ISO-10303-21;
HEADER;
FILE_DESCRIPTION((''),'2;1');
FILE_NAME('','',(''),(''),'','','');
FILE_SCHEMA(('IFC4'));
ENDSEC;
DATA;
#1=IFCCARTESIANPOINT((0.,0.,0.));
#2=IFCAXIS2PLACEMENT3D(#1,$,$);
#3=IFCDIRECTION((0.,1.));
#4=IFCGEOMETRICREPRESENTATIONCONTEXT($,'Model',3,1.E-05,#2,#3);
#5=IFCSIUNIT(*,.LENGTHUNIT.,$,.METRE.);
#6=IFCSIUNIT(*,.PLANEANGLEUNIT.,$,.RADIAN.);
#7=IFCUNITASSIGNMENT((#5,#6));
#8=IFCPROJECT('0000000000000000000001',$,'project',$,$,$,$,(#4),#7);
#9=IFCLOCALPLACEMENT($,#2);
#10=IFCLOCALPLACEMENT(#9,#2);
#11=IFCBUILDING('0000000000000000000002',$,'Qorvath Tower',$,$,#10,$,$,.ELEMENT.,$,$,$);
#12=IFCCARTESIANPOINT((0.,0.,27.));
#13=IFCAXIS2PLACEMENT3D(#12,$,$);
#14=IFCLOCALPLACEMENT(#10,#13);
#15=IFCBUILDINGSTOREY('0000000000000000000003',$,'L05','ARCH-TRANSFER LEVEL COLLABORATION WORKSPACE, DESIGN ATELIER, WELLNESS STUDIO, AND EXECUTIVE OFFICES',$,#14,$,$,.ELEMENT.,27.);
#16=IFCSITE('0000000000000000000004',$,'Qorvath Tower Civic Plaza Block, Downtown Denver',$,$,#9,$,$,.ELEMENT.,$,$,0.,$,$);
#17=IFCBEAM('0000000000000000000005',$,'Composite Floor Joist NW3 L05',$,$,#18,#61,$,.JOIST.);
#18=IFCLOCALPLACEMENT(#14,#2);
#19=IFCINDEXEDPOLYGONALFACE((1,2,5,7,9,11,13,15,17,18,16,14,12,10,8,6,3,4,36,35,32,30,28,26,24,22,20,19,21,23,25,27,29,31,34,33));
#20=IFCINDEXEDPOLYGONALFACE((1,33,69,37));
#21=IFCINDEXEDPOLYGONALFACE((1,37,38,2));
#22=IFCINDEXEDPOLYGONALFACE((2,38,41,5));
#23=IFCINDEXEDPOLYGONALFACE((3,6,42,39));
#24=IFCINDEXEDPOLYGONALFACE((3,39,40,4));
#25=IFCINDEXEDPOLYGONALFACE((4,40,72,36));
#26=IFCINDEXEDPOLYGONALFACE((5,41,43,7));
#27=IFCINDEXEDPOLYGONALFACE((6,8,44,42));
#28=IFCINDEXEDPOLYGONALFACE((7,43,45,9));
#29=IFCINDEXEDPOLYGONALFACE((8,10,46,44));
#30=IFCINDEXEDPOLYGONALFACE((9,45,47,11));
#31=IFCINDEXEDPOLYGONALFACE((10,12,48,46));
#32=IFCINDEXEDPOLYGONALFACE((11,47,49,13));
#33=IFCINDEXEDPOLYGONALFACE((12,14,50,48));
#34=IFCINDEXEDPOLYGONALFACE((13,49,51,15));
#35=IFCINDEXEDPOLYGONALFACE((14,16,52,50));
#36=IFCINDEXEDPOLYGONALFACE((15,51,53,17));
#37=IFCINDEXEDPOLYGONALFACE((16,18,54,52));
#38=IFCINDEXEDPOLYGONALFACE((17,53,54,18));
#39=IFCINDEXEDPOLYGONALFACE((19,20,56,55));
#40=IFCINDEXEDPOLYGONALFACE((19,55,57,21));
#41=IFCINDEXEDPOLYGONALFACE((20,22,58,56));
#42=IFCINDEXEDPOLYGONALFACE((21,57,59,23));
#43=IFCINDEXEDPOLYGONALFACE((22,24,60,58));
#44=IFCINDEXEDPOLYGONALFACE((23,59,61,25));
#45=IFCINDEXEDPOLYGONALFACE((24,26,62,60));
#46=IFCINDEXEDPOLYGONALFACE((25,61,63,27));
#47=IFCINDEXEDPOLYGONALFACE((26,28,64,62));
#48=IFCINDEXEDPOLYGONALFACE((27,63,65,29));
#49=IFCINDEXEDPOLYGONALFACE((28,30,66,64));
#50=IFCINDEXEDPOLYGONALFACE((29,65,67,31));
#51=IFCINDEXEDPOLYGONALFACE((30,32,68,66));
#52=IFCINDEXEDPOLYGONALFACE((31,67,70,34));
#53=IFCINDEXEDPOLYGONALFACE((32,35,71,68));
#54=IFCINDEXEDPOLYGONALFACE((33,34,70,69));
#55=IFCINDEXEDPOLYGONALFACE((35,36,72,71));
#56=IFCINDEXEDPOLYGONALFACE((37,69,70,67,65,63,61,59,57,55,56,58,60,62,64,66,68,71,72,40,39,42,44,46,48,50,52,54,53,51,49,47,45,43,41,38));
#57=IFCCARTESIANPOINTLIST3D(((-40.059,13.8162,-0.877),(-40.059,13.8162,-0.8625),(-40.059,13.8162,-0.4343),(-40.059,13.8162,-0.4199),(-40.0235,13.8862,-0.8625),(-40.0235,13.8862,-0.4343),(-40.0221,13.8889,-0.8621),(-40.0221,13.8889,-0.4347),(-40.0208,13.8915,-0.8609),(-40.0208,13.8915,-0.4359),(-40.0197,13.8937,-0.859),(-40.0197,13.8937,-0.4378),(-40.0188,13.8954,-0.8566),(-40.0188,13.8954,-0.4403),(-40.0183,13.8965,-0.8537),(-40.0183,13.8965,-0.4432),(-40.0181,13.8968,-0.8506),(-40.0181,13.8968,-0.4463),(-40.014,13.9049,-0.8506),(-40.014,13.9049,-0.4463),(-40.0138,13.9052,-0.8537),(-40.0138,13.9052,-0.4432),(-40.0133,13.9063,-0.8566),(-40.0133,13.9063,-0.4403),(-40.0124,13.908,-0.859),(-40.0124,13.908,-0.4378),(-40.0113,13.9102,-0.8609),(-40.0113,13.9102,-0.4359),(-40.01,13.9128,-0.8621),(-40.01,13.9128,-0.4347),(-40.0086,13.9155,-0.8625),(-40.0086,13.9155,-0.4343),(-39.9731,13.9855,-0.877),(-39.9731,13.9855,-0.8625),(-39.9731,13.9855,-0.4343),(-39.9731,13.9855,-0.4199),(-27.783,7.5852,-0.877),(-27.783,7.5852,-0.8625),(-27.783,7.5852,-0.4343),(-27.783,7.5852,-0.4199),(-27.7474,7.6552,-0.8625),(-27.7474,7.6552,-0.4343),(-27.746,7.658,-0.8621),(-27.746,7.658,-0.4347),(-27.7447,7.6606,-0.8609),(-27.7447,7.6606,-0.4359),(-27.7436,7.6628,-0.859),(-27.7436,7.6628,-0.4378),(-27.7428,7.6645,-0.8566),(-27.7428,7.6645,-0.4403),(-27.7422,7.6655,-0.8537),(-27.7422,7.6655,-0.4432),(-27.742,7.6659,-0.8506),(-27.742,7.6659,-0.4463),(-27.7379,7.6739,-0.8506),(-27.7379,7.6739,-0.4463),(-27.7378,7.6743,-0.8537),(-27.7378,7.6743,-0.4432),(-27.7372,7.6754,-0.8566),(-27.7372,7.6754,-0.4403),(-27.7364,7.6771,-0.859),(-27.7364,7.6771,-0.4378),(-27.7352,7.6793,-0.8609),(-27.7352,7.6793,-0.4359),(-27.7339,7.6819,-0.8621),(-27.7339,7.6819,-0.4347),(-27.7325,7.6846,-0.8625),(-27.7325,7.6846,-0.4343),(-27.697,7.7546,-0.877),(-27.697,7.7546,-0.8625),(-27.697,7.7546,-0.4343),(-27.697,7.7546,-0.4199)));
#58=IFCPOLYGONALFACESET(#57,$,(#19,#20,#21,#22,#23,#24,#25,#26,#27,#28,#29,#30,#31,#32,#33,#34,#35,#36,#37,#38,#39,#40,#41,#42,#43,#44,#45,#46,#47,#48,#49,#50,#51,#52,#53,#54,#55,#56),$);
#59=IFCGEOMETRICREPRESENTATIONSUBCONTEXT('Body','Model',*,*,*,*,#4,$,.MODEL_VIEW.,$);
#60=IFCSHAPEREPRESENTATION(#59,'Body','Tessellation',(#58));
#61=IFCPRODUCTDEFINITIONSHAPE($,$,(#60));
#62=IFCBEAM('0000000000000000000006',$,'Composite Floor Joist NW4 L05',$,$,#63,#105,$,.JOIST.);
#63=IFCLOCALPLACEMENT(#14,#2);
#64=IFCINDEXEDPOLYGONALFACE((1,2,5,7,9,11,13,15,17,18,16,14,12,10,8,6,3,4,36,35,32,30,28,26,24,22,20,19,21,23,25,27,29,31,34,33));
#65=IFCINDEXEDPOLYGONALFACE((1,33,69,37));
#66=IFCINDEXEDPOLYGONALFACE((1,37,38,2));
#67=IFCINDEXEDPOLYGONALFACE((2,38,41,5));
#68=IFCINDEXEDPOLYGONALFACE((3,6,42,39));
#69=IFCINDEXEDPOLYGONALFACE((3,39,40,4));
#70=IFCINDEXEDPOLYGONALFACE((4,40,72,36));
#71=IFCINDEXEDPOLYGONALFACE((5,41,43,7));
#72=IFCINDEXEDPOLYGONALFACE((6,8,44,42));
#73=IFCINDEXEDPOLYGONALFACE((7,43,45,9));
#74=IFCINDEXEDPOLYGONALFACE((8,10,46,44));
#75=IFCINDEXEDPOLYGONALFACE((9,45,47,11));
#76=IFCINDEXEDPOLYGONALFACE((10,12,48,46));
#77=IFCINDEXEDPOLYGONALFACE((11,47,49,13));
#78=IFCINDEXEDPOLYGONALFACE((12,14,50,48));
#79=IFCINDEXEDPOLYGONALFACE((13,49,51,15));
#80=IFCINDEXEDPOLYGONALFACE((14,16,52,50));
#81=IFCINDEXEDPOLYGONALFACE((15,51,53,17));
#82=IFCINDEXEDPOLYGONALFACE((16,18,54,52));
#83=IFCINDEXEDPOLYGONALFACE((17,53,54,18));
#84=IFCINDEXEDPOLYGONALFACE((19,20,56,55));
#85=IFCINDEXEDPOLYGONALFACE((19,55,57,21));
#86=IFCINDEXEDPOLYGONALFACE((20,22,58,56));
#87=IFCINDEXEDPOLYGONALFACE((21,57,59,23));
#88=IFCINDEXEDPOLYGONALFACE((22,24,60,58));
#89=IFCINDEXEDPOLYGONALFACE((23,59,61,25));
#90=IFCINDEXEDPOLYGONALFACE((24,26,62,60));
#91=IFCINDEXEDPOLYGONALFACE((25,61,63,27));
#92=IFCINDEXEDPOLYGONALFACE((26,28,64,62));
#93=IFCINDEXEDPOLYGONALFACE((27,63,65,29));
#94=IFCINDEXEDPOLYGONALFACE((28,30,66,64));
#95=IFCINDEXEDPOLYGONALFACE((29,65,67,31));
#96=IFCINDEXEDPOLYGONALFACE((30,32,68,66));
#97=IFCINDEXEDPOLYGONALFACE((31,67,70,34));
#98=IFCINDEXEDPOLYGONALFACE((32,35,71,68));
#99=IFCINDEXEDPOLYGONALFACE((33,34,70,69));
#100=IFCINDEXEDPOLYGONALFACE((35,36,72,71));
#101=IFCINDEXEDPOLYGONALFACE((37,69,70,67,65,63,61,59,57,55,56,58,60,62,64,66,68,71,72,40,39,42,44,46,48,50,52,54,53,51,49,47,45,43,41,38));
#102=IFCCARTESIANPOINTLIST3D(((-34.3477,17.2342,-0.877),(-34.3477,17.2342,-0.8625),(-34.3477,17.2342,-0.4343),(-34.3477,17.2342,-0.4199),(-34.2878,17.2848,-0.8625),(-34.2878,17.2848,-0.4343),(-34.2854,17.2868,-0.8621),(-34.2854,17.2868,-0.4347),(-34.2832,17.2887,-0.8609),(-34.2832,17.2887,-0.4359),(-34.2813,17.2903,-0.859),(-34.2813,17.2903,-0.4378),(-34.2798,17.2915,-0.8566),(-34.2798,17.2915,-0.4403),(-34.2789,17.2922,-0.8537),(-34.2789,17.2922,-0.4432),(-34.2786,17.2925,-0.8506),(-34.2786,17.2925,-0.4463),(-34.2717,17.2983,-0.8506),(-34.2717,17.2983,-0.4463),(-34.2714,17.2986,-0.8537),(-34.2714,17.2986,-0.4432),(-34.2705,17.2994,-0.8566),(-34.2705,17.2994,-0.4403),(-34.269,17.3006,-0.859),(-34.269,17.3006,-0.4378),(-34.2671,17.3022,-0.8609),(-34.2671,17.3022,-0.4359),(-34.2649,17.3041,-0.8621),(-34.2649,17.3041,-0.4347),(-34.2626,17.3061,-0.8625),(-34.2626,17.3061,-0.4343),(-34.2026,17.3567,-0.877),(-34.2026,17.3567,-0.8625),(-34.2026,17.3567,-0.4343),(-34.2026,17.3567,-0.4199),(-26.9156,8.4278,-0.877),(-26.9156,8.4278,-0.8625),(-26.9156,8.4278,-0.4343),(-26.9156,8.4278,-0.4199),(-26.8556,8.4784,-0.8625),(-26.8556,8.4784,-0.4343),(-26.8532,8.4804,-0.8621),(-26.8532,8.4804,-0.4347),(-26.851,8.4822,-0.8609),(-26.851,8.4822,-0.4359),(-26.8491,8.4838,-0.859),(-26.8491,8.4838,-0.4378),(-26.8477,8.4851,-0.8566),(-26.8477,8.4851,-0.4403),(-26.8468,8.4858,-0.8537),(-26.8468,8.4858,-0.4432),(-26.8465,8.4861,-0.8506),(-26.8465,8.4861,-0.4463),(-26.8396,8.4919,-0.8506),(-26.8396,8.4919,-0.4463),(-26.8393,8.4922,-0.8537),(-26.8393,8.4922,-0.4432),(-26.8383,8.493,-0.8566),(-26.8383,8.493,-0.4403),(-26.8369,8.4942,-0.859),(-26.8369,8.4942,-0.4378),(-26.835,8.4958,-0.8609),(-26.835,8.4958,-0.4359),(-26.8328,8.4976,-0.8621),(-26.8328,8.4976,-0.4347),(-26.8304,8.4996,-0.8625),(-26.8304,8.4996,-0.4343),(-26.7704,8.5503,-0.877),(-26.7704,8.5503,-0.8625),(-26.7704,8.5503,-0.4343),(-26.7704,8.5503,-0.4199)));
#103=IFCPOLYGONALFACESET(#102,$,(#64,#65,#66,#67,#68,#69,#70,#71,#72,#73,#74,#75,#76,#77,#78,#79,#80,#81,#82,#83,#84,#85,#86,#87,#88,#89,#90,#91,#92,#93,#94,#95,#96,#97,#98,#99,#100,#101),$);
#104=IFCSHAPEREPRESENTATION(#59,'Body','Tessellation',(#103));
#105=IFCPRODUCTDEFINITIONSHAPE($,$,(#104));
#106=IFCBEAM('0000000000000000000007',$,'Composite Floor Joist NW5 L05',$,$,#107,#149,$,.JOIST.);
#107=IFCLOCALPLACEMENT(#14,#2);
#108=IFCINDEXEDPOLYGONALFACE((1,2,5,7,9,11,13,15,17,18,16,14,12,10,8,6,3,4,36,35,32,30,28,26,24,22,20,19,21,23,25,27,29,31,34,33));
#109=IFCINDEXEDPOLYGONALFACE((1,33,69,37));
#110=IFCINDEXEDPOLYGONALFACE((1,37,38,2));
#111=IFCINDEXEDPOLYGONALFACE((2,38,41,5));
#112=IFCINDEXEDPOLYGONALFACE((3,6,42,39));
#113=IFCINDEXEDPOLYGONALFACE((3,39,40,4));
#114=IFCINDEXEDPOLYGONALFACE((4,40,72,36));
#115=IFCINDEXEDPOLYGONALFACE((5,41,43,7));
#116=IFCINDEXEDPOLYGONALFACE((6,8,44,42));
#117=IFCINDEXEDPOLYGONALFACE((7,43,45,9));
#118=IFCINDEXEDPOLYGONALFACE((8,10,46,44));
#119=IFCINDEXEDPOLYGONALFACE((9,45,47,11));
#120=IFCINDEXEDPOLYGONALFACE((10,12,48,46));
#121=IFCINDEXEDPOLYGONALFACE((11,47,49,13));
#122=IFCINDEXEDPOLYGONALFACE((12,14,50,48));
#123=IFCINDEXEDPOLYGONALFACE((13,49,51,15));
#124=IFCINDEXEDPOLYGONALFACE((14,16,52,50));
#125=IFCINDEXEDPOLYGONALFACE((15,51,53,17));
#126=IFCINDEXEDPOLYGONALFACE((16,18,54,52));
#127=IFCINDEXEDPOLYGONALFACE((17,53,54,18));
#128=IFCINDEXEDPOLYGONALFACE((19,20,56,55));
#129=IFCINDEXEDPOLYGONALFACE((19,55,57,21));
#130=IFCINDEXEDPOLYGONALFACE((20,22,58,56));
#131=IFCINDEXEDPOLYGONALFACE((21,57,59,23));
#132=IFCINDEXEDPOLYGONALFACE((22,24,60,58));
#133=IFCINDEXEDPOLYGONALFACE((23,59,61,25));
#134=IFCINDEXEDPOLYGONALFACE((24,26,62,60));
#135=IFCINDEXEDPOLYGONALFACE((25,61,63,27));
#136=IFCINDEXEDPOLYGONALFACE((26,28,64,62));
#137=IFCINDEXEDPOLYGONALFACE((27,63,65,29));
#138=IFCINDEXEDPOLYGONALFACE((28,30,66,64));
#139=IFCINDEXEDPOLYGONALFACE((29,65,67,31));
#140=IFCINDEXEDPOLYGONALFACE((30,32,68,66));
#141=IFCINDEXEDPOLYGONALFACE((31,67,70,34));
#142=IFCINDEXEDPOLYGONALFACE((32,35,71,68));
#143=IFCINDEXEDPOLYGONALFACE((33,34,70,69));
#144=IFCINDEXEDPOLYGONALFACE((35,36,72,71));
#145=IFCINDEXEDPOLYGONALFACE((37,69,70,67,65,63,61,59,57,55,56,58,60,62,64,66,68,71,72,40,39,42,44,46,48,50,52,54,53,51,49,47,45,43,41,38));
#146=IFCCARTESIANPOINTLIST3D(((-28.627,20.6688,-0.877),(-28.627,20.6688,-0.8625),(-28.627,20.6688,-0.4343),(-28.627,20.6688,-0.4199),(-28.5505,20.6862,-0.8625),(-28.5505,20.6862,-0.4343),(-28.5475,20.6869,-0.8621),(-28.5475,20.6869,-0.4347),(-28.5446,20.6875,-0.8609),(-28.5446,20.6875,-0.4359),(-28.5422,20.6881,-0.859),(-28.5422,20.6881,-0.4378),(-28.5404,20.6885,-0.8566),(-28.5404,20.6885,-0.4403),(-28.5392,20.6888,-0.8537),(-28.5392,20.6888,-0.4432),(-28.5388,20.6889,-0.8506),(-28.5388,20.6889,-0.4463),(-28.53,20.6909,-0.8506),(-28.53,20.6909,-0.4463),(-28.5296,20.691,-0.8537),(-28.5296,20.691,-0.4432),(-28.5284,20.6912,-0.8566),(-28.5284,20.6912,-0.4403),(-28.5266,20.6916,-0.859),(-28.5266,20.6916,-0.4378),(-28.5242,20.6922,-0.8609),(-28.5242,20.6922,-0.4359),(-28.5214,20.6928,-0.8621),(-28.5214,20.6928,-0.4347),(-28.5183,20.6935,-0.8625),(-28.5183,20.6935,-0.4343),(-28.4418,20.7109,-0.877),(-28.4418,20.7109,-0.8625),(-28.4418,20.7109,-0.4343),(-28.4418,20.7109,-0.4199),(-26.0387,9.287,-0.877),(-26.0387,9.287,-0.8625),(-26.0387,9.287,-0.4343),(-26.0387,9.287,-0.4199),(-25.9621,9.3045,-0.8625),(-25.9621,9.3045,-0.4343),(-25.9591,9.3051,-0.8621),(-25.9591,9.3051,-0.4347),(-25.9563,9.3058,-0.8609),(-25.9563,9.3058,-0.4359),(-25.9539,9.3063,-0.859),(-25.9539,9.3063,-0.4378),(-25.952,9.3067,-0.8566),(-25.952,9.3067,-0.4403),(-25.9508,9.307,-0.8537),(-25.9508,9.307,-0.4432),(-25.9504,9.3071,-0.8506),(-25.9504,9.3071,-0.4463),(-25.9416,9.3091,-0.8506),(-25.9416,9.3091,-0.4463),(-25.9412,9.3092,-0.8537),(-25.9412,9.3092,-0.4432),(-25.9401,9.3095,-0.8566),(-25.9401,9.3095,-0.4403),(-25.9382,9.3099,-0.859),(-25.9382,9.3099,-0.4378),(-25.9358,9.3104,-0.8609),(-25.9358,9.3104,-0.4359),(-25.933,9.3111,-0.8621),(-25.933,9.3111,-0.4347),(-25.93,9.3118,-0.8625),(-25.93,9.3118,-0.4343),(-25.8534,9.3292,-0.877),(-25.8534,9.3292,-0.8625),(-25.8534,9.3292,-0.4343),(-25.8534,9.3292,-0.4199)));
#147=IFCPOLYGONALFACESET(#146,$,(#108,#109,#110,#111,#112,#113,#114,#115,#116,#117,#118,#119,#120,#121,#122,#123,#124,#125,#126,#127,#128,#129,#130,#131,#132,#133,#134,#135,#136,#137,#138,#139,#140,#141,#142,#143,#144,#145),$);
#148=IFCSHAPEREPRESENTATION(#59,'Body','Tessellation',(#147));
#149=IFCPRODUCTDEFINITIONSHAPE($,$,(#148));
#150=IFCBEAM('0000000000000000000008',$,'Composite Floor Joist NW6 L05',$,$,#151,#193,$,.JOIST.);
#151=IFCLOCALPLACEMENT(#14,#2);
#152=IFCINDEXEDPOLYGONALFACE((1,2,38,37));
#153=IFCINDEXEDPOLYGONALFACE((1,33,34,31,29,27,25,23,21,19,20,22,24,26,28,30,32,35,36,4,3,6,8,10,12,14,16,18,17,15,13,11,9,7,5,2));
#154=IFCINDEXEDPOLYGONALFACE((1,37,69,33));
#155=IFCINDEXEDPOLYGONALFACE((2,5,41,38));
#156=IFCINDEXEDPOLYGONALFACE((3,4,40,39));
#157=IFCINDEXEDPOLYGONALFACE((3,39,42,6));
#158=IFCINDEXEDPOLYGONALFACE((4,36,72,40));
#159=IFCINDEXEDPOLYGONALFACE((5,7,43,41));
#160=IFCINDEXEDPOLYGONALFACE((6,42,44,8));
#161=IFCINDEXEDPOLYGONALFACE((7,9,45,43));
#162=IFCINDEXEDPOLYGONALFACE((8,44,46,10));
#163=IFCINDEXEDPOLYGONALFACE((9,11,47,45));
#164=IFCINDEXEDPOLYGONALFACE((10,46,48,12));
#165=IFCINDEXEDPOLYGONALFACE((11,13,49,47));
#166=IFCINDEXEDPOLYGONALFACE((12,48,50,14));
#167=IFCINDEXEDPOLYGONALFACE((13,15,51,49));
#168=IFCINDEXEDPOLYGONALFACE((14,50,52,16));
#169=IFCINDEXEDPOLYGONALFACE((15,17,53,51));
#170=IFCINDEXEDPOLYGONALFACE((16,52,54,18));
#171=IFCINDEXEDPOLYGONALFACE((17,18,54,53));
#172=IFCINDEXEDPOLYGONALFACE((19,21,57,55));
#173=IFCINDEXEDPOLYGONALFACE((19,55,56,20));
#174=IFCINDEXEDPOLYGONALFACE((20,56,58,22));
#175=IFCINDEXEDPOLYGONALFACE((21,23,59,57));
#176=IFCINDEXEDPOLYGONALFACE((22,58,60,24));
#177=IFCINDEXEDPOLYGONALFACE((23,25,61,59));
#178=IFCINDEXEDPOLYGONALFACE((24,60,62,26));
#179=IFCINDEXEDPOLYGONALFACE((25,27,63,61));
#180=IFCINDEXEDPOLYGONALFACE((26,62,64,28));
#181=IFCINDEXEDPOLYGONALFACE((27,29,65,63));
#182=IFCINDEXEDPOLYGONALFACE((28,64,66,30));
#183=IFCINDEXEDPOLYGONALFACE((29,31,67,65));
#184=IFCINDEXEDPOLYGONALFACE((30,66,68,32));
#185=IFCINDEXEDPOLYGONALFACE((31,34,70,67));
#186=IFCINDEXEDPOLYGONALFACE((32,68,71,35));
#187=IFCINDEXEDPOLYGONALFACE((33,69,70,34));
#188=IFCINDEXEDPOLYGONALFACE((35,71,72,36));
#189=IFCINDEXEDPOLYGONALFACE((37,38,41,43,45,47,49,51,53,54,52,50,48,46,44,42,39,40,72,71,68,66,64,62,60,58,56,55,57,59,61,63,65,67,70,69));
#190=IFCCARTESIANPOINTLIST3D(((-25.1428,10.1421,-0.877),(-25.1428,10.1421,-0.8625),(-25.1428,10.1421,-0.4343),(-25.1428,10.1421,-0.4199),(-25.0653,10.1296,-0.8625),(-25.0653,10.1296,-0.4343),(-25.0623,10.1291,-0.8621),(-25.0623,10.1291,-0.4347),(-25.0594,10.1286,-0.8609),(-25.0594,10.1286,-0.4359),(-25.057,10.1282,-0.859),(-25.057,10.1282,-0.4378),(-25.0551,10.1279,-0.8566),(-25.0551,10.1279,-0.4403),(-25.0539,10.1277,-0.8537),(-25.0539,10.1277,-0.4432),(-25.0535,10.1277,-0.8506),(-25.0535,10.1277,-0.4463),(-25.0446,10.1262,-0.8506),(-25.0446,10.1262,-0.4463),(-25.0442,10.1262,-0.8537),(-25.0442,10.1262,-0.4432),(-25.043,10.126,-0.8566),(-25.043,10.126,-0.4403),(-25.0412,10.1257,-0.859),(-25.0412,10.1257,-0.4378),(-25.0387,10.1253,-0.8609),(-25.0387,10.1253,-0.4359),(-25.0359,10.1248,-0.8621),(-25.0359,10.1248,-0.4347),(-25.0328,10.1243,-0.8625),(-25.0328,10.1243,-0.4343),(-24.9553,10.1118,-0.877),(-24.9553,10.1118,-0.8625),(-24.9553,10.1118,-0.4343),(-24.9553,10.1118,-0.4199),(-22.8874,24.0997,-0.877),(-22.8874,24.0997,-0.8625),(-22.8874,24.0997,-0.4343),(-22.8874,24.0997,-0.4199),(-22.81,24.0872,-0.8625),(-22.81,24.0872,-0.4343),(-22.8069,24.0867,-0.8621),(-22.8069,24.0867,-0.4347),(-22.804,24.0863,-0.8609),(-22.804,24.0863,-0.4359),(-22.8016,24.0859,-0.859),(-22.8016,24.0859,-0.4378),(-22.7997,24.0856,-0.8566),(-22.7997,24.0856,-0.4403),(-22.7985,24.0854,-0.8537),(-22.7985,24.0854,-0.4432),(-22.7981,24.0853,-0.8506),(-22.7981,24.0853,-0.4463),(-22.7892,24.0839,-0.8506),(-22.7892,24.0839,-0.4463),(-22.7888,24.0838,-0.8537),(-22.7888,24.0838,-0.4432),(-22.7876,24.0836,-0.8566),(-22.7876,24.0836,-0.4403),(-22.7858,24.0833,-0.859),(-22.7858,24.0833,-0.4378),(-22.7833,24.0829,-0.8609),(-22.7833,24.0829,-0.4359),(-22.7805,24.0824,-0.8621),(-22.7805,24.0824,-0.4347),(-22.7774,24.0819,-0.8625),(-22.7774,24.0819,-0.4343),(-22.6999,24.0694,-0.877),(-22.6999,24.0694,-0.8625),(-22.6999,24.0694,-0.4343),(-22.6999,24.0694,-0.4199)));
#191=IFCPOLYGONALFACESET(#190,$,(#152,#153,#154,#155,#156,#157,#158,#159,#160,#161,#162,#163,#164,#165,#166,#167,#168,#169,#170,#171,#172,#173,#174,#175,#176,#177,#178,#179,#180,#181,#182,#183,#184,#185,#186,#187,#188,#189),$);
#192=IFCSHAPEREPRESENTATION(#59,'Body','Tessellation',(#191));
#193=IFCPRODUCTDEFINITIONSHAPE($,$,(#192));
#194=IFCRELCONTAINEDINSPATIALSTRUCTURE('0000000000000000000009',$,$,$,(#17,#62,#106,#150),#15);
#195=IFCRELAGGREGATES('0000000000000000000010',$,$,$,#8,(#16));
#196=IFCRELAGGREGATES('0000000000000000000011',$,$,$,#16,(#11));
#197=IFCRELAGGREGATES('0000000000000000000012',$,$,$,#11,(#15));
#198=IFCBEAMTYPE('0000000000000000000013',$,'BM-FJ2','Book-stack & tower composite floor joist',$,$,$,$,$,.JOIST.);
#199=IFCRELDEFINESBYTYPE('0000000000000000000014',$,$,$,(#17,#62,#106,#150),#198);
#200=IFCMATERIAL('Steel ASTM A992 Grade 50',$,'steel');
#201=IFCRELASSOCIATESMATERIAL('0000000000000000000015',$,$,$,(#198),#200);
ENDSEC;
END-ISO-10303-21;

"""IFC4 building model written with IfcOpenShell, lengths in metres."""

from ifc_helpers import new_model, si_unit, direction, frame, origin, origin_2d, place, context, subcontext, project, spatial, i_section, extrude, material, material_profile, profile_set, type_object, element, save


model = new_model("IFC4")

# Units and contexts
model_context = context("Model", 3, precision=1e-05, world=origin(), true_north=direction((0.0, 1.0)))
body_context = subcontext(model_context, "Body", "Model", "MODEL_VIEW")
ifc_project = project(units=[si_unit("LENGTHUNIT", "METRE"), si_unit("PLANEANGLEUNIT", "RADIAN")], contexts=[model_context])

# Site, building, storey
site_placement = place(None, origin())
site = spatial("IfcSite", under=ifc_project, at=site_placement, Name="Qorvath Tower Civic Plaza Block, Downtown Denver", CompositionType="ELEMENT", RefElevation=0.0)
building_placement = place(site_placement, origin())
building = spatial("IfcBuilding", under=site, at=building_placement, Name="Qorvath Tower", CompositionType="ELEMENT")
storey_placement = place(building_placement, frame((0.0, 0.0, 27.0)))
storey = spatial("IfcBuildingStorey", under=building, at=storey_placement, Name="L05", Description="ARCH-TRANSFER LEVEL COLLABORATION WORKSPACE, DESIGN ATELIER, WELLNESS STUDIO, AND EXECUTIVE OFFICES", CompositionType="ELEMENT", Elevation=27.0)

# Beams
ifc_material_1 = material(Name="Steel ASTM A992 Grade 50", Category="steel")
ifc_material_profile_1 = material_profile(ifc_material_1, i_section(OverallWidth=0.1899, OverallDepth=0.457, WebThickness=0.009, FlangeThickness=0.0144, FilletRadius=0.012, at=origin_2d()), Name="W18x50")
ifc_profile_set_1 = profile_set([ifc_material_profile_1], Name="Steel ASTM A992 Grade 50")
beam_type_1 = type_object("IfcBeamType", Name="BM-FJ2", Description="Book-stack & tower composite floor joist", PredefinedType="JOIST", material=ifc_profile_set_1)
beam_1_placement = place(storey_placement, frame((-27.74, 7.6699, -0.6484), z_axis=(-0.891712, 0.452604, 0.0), x_axis=(-0.452604, -0.891712, 0.0)))
element("IfcBeam", 1, at=beam_1_placement, inside=storey, type_object=beam_type_1, Name="Composite Floor Joist NW3 L05", PredefinedType="JOIST", context=body_context, shape_type="SweptSolid", body=[
    extrude(i_section(OverallWidth=0.1899, OverallDepth=0.457, WebThickness=0.009, FlangeThickness=0.0144, FilletRadius=0.012, at=origin_2d()), origin(), (0.0, 0.0, 1.0), 13.7668),
])
beam_2_placement = place(storey_placement, frame((-26.843, 8.489, -0.6484), z_axis=(-0.644959, 0.764217, 0.0), x_axis=(-0.764217, -0.644959, 0.0)))
element("IfcBeam", 2, at=beam_2_placement, inside=storey, type_object=beam_type_1, Name="Composite Floor Joist NW4 L05", PredefinedType="JOIST", context=body_context, shape_type="SweptSolid", body=[
    extrude(i_section(OverallWidth=0.1899, OverallDepth=0.457, WebThickness=0.009, FlangeThickness=0.0144, FilletRadius=0.012, at=origin_2d()), origin(), (0.0, 0.0, 1.0), 11.5234),
])
beam_3_placement = place(storey_placement, frame((-25.946, 9.3081, -0.6484), z_axis=(-0.221751, 0.975103, 0.0), x_axis=(-0.975103, -0.221751, 0.0)))
element("IfcBeam", 3, at=beam_3_placement, inside=storey, type_object=beam_type_1, Name="Composite Floor Joist NW5 L05", PredefinedType="JOIST", context=body_context, shape_type="SweptSolid", body=[
    extrude(i_section(OverallWidth=0.1899, OverallDepth=0.457, WebThickness=0.009, FlangeThickness=0.0144, FilletRadius=0.012, at=origin_2d()), origin(), (0.0, 0.0, 1.0), 11.6724),
])
beam_4_placement = place(storey_placement, frame((-25.0491, 10.127, -0.6484), z_axis=(0.159519, 0.987195, 0.0), x_axis=(-0.987195, 0.159519, 0.0)))
element("IfcBeam", 4, at=beam_4_placement, inside=storey, type_object=beam_type_1, Name="Composite Floor Joist NW6 L05", PredefinedType="JOIST", context=body_context, shape_type="SweptSolid", body=[
    extrude(i_section(OverallWidth=0.1899, OverallDepth=0.457, WebThickness=0.009, FlangeThickness=0.0144, FilletRadius=0.012, at=origin_2d()), origin(), (0.0, 0.0, 1.0), 14.1387),
])

save(model, "model.ifc")
